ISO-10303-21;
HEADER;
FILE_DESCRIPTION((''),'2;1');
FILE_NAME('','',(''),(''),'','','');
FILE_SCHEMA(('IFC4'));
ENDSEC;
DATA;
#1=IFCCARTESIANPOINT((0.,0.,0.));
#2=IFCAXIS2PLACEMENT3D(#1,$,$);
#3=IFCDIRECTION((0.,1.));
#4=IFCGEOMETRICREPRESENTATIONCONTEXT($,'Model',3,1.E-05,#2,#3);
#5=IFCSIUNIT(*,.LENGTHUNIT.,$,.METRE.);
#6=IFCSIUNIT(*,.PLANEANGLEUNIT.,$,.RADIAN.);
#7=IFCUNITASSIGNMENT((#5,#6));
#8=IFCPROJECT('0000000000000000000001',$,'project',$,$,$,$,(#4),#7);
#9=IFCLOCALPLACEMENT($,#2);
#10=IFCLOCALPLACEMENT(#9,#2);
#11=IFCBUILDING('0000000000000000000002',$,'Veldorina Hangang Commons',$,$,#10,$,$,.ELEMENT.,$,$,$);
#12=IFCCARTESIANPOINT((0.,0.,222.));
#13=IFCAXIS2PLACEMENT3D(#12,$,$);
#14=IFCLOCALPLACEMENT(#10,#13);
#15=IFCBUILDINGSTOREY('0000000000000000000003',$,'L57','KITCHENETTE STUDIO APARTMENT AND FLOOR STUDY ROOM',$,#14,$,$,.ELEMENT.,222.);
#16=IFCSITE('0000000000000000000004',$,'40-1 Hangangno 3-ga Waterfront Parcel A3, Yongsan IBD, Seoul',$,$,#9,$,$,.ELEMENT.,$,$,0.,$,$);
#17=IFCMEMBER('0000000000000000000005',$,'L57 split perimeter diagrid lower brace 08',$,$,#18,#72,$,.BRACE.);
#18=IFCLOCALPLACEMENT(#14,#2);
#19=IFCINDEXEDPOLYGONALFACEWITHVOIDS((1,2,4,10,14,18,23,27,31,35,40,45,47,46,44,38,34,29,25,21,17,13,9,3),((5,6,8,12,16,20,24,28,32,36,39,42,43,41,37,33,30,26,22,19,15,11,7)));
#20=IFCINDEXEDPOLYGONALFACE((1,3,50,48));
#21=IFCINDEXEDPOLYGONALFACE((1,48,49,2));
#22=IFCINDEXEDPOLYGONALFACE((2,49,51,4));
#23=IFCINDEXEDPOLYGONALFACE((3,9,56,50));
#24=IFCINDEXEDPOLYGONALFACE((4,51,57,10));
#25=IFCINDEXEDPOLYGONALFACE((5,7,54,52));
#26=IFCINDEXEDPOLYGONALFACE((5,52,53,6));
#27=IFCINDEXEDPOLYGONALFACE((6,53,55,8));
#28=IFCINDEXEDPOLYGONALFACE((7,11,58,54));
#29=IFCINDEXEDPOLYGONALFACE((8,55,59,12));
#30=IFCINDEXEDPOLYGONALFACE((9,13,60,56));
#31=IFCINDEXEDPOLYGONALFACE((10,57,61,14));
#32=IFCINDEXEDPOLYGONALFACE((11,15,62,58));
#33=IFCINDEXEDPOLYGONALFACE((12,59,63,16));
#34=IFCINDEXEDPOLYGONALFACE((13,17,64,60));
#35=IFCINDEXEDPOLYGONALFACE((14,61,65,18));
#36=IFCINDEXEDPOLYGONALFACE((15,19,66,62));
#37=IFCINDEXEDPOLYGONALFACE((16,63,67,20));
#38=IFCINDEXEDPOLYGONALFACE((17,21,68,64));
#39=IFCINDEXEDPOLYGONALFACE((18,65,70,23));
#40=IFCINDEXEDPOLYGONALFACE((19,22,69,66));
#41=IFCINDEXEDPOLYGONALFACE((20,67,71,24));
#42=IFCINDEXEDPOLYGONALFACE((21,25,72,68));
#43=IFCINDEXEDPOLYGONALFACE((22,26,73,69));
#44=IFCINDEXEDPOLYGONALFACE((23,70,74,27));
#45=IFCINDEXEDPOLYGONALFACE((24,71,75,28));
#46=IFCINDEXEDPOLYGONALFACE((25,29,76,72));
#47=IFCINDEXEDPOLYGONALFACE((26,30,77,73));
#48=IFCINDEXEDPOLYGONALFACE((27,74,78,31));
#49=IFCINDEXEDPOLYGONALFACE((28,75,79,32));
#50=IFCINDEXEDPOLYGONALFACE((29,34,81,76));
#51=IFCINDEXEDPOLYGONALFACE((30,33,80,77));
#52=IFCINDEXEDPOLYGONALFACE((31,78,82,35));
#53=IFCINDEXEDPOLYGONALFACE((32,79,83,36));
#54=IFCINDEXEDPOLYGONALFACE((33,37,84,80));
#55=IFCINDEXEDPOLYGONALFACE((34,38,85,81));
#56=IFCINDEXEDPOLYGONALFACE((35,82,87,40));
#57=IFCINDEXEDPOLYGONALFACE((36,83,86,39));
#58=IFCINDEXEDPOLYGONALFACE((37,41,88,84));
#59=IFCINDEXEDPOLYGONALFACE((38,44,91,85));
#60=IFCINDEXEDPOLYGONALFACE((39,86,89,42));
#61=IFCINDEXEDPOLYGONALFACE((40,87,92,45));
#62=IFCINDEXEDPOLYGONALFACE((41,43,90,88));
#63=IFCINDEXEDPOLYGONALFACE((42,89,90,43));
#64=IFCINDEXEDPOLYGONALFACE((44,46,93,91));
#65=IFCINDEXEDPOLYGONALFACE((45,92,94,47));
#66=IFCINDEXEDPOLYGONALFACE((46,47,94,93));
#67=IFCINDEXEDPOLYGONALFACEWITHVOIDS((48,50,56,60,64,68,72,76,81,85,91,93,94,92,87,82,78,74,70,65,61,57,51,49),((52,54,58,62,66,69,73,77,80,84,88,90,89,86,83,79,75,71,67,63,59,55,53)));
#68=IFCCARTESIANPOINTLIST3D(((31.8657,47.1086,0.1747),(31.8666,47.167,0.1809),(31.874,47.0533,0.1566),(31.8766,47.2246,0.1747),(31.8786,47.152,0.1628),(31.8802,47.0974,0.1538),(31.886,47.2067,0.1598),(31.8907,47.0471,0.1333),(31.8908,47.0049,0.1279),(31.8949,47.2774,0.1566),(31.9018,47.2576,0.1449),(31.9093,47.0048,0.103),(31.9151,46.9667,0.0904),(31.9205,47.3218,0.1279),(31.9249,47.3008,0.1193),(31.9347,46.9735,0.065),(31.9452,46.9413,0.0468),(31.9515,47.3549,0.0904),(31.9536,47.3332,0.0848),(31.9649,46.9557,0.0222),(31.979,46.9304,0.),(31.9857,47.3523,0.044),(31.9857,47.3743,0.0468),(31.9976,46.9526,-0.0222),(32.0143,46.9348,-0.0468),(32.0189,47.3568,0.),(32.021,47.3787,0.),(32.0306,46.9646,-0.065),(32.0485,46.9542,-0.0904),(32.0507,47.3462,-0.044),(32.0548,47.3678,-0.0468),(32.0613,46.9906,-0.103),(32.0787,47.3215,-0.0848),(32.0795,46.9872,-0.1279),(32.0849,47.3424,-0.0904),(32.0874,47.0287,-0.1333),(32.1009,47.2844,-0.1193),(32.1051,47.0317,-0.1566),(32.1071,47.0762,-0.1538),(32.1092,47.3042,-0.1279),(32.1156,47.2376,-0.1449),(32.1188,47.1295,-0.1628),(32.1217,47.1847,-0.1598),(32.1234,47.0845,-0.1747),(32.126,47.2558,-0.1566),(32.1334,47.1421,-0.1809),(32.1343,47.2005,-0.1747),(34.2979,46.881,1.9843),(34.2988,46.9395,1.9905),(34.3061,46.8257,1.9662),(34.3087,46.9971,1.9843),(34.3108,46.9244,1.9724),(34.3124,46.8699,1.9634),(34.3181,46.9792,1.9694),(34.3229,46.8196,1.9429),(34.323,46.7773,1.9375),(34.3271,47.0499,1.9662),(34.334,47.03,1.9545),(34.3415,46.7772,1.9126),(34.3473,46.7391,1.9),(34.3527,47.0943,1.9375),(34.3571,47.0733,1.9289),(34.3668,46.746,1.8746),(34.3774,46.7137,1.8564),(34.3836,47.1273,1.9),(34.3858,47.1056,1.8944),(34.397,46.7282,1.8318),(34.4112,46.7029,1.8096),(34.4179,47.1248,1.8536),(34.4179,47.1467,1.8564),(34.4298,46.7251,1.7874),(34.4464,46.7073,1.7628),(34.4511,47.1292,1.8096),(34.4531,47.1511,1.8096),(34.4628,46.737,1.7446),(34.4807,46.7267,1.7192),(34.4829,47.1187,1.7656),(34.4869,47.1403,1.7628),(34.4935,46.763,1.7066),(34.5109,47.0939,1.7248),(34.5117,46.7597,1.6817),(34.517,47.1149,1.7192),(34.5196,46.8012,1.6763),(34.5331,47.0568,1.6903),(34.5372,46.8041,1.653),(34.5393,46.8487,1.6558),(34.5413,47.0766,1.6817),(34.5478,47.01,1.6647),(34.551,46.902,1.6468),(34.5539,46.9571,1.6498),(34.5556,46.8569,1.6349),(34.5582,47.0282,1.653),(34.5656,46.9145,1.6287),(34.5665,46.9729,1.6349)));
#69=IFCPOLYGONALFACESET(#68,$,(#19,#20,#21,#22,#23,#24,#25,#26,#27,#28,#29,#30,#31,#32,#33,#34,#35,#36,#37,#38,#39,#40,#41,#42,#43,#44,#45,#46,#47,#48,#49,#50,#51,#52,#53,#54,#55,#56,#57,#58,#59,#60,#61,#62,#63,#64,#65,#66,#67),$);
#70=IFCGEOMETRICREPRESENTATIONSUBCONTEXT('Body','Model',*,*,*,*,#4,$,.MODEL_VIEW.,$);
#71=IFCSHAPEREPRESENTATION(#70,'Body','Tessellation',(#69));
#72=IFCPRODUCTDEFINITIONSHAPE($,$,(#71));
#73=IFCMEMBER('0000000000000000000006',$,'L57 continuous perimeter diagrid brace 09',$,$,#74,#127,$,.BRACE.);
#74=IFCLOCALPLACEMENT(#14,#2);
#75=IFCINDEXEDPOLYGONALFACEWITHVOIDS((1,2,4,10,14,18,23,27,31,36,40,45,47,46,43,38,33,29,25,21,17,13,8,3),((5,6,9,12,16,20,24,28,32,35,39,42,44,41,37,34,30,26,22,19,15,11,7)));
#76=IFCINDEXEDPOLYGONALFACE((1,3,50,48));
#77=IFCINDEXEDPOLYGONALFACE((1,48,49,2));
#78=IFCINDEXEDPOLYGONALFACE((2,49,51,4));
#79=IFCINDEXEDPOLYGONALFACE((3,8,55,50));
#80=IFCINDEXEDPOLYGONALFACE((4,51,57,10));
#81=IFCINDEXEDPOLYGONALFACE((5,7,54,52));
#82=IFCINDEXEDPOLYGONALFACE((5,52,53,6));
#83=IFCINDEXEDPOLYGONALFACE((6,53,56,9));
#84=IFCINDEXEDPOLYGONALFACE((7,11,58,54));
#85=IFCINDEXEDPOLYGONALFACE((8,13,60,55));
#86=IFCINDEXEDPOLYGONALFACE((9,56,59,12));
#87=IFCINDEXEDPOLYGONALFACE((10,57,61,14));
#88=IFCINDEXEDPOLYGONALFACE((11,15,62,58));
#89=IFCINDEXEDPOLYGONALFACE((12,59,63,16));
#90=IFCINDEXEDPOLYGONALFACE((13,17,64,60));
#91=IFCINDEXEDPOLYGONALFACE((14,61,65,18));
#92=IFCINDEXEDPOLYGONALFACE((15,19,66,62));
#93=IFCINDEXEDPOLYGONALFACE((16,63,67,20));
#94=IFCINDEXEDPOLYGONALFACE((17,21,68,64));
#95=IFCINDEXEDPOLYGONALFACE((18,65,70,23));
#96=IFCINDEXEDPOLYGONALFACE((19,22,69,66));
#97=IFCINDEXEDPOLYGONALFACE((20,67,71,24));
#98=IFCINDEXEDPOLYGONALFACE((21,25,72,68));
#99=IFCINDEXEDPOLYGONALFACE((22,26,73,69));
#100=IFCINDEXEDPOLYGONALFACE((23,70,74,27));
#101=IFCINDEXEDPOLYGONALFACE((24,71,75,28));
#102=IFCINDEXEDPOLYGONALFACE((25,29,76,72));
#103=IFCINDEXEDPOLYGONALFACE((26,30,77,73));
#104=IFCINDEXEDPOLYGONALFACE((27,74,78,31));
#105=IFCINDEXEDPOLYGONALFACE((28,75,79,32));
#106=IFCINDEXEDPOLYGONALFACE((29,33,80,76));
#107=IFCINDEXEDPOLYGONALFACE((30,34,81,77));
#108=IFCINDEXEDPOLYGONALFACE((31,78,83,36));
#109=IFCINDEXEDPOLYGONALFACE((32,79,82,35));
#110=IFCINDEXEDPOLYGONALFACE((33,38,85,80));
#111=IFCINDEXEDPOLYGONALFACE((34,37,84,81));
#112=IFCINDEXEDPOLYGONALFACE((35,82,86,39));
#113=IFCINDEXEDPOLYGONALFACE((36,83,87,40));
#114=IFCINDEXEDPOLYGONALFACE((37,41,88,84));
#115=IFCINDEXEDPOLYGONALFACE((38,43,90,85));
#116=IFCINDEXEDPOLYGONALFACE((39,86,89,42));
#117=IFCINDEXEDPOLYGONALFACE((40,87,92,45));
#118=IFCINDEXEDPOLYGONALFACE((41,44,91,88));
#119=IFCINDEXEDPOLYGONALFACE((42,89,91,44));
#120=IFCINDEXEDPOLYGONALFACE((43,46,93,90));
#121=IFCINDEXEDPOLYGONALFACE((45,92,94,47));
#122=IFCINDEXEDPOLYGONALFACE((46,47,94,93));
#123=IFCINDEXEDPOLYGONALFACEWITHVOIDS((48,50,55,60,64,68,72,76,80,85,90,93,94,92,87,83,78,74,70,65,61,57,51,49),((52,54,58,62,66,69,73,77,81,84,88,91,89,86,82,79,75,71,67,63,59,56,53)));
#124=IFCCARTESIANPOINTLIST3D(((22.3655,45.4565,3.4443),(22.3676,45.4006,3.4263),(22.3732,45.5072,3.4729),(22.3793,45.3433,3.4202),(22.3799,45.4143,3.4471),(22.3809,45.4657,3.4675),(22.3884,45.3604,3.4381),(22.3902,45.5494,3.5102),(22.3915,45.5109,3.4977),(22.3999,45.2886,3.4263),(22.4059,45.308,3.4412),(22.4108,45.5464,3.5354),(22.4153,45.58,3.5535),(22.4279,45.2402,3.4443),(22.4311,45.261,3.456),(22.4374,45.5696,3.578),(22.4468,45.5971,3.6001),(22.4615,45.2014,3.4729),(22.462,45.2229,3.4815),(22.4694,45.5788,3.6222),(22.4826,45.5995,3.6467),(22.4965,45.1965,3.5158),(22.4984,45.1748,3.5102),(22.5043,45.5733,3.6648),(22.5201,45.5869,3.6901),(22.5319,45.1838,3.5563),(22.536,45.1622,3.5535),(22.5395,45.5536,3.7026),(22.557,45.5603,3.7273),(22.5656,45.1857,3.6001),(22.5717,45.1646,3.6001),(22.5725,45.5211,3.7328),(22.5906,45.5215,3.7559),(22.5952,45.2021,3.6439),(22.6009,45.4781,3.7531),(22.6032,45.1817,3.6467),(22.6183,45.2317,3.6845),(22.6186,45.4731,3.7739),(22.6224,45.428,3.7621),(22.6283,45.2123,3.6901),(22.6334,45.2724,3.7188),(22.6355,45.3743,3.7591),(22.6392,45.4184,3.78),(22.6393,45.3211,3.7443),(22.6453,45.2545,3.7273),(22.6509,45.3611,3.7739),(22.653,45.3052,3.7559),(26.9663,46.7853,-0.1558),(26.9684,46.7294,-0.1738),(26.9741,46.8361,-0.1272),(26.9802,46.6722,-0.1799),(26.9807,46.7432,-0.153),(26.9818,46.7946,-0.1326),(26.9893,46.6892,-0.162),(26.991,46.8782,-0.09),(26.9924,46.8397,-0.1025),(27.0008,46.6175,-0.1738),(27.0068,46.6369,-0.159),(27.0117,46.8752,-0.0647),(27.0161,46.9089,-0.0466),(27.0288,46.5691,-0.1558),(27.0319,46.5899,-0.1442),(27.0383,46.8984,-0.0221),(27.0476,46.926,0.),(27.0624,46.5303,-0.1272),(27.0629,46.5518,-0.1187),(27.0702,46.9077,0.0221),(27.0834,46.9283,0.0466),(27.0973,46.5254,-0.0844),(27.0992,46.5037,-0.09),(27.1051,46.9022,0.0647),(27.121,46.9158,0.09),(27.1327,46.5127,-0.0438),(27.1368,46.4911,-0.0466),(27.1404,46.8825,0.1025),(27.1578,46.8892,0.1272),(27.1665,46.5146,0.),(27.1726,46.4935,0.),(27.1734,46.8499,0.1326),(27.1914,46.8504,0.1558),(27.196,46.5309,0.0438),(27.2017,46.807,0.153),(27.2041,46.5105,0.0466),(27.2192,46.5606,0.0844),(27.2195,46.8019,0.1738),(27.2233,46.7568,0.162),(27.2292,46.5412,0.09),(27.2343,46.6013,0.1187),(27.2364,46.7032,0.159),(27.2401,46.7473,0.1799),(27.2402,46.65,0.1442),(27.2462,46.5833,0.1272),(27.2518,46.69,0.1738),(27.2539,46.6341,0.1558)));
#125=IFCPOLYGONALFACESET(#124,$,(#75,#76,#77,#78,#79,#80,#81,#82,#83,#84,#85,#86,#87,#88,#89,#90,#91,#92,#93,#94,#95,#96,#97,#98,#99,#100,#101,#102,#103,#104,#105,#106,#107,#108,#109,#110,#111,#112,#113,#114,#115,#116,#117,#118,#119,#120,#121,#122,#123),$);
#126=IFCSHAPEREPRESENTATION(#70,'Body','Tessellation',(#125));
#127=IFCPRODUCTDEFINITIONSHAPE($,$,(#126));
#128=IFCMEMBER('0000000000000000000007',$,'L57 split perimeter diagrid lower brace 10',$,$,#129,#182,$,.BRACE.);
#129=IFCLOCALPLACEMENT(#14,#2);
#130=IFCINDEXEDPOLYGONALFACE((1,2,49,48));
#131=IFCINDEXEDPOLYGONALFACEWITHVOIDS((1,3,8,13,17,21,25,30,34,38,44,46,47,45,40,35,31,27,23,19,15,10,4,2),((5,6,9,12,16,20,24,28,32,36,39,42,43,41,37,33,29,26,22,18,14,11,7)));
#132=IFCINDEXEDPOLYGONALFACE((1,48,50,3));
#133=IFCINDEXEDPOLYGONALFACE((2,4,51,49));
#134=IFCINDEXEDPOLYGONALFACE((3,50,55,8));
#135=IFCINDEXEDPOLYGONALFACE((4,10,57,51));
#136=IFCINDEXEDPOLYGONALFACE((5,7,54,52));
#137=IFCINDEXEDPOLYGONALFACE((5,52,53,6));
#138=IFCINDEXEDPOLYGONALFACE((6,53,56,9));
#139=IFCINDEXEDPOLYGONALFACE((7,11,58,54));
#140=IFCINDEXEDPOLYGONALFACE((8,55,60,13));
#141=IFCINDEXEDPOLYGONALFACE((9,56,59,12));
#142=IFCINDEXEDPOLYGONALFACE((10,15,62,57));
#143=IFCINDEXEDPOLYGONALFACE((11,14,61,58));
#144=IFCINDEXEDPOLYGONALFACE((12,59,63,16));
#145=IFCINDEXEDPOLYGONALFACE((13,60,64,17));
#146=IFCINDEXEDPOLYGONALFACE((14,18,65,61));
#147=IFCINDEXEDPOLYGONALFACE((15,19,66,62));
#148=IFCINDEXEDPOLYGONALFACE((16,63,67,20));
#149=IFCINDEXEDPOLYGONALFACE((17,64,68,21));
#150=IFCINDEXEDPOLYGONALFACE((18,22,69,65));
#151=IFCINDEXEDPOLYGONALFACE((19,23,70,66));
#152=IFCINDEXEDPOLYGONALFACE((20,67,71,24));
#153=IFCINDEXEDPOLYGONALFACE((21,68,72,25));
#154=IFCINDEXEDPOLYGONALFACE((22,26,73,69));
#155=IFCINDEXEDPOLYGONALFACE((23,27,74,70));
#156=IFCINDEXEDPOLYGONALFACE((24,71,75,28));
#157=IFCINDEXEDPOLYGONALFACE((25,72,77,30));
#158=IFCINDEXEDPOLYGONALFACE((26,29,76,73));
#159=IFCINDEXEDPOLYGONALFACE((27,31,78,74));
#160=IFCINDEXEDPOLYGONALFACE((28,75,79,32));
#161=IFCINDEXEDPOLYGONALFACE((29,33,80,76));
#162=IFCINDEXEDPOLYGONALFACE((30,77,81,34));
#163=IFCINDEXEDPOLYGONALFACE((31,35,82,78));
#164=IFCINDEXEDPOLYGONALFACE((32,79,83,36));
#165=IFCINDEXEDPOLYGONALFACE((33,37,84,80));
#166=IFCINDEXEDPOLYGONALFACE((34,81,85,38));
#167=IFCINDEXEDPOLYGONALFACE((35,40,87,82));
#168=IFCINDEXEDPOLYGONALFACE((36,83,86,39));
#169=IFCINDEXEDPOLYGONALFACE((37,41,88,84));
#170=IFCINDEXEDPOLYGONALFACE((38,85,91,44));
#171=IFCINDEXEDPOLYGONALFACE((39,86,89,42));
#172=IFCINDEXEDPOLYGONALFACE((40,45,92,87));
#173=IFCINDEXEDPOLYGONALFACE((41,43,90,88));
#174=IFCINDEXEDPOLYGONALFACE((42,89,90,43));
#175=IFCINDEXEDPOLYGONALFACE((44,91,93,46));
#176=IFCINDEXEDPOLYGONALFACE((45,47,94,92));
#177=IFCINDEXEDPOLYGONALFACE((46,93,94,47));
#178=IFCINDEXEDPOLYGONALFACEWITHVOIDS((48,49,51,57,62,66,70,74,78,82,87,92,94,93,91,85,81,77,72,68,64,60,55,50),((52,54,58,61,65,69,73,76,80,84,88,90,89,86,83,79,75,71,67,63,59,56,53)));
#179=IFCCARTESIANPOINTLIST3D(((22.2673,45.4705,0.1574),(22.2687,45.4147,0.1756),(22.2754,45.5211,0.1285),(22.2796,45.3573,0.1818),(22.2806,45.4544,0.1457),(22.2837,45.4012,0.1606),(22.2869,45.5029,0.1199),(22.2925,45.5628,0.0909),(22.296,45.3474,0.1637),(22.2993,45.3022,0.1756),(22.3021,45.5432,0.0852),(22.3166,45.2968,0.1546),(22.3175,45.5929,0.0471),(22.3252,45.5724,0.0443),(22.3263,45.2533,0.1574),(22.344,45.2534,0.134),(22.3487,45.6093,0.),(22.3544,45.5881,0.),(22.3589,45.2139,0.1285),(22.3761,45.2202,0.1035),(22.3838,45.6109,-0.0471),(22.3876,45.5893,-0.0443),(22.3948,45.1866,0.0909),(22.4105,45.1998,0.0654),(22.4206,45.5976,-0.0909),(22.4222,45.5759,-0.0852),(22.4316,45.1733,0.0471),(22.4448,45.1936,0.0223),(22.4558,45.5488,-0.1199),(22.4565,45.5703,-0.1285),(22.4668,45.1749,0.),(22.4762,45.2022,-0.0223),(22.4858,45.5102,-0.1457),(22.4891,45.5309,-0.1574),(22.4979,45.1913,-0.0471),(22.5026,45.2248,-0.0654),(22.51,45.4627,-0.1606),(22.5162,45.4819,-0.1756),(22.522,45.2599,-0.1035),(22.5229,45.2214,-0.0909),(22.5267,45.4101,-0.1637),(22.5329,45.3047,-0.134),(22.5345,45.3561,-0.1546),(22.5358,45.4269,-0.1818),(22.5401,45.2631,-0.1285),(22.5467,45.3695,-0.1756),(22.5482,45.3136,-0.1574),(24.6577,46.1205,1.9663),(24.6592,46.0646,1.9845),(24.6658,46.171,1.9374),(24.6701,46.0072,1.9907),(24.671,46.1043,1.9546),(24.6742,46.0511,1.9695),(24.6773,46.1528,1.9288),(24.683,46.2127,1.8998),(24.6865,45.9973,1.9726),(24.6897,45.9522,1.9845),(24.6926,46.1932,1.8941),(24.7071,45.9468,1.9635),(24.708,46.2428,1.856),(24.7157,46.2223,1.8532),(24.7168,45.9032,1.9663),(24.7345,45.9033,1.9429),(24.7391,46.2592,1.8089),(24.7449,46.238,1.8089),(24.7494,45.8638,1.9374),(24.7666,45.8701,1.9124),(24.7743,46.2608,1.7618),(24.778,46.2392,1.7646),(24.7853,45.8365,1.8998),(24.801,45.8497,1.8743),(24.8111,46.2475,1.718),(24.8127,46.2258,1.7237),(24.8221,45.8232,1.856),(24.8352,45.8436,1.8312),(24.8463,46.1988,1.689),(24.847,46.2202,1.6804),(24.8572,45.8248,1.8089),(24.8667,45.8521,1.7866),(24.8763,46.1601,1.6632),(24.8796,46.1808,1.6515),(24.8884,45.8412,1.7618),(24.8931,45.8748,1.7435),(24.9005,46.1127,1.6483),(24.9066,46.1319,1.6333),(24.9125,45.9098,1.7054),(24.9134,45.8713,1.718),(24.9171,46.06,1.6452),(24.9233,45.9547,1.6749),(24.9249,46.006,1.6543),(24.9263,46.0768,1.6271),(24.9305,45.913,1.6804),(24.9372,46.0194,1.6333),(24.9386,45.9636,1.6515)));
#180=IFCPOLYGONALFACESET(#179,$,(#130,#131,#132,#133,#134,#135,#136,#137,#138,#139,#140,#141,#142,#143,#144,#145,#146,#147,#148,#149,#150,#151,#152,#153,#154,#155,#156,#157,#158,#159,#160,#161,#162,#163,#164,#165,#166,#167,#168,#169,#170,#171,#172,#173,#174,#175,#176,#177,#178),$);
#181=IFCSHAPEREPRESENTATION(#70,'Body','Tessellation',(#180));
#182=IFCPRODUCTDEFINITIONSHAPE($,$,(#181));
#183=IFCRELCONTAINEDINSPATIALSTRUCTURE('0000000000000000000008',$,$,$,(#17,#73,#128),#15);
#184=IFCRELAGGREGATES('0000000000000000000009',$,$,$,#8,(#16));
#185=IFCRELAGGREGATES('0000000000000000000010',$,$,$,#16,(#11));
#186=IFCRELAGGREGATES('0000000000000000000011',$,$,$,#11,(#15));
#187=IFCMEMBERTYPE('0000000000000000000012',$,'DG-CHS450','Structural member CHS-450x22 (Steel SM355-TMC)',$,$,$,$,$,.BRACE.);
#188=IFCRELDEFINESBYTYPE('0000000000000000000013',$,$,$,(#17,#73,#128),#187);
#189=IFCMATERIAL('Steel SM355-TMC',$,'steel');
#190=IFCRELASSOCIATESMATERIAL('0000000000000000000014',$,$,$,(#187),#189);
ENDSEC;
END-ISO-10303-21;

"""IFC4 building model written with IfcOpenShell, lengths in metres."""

from ifc_helpers import new_model, si_unit, direction, frame, origin, origin_2d, place, context, subcontext, project, spatial, hollow_circle, extrude, material, material_profile, profile_set, type_object, element, save


model = new_model("IFC4")

# Units and contexts
model_context = context("Model", 3, precision=1e-05, world=origin(), true_north=direction((0.0, 1.0)))
body_context = subcontext(model_context, "Body", "Model", "MODEL_VIEW")
ifc_project = project(units=[si_unit("LENGTHUNIT", "METRE"), si_unit("PLANEANGLEUNIT", "RADIAN")], contexts=[model_context])

# Site, building, storey
site_placement = place(None, origin())
site = spatial("IfcSite", under=ifc_project, at=site_placement, Name="40-1 Hangangno 3-ga Waterfront Parcel A3, Yongsan IBD, Seoul", CompositionType="ELEMENT", RefElevation=0.0)
building_placement = place(site_placement, origin())
building = spatial("IfcBuilding", under=site, at=building_placement, Name="Veldorina Hangang Commons", CompositionType="ELEMENT")
storey_placement = place(building_placement, frame((0.0, 0.0, 222.0)))
storey = spatial("IfcBuildingStorey", under=building, at=storey_placement, Name="L57", Description="KITCHENETTE STUDIO APARTMENT AND FLOOR STUDY ROOM", CompositionType="ELEMENT", Elevation=222.0)

# Shared definitions
ifc_material_1 = material(Name="Steel SM355-TMC", Category="steel")

# Members
ifc_material_profile_1 = material_profile(ifc_material_1, hollow_circle(Radius=0.2251, WallThickness=0.022, at=origin_2d()), Name="CHS-450x22")
ifc_profile_set_1 = profile_set([ifc_material_profile_1], Name="Steel SM355-TMC")
member_type_1 = type_object("IfcMemberType", Name="DG-CHS450", Description="Structural member CHS-450x22 (Steel SM355-TMC)", PredefinedType="BRACE", material=ifc_profile_set_1)
member_1_placement = place(storey_placement, frame((32.0, 47.1545, 0.0), z_axis=(0.800044, -0.074848, 0.595254), x_axis=(0.093149, 0.995652, 0.0)))
element("IfcMember", 1, at=member_1_placement, inside=storey, type_object=member_type_1, Name="L57 split perimeter diagrid lower brace 08", PredefinedType="BRACE", context=body_context, shape_type="SweptSolid", body=[
    extrude(hollow_circle(Radius=0.2251, WallThickness=0.022, at=origin_2d()), origin(), (0.0, 0.0, 1.0), 3.04),
])
member_2_placement = place(storey_placement, frame((27.1101, 46.7097, 0.0), z_axis=(-0.767934, -0.221802, 0.6009), x_axis=(0.277487, -0.960729, 0.0)))
element("IfcMember", 2, at=member_2_placement, inside=storey, type_object=member_type_1, Name="L57 continuous perimeter diagrid brace 09", PredefinedType="BRACE", context=body_context, shape_type="SweptSolid", body=[
    extrude(hollow_circle(Radius=0.2251, WallThickness=0.022, at=origin_2d()), origin(), (0.0, 0.0, 1.0), 5.9912),
])
member_3_placement = place(storey_placement, frame((22.4077, 45.3921, 0.0), z_axis=(0.779317, 0.211883, 0.589721), x_axis=(-0.262358, 0.96497, 0.0)))
element("IfcMember", 3, at=member_3_placement, inside=storey, type_object=member_type_1, Name="L57 split perimeter diagrid lower brace 10", PredefinedType="BRACE", context=body_context, shape_type="SweptSolid", body=[
    extrude(hollow_circle(Radius=0.2251, WallThickness=0.022, at=origin_2d()), origin(), (0.0, 0.0, 1.0), 3.0674),
])

save(model, "model.ifc")
